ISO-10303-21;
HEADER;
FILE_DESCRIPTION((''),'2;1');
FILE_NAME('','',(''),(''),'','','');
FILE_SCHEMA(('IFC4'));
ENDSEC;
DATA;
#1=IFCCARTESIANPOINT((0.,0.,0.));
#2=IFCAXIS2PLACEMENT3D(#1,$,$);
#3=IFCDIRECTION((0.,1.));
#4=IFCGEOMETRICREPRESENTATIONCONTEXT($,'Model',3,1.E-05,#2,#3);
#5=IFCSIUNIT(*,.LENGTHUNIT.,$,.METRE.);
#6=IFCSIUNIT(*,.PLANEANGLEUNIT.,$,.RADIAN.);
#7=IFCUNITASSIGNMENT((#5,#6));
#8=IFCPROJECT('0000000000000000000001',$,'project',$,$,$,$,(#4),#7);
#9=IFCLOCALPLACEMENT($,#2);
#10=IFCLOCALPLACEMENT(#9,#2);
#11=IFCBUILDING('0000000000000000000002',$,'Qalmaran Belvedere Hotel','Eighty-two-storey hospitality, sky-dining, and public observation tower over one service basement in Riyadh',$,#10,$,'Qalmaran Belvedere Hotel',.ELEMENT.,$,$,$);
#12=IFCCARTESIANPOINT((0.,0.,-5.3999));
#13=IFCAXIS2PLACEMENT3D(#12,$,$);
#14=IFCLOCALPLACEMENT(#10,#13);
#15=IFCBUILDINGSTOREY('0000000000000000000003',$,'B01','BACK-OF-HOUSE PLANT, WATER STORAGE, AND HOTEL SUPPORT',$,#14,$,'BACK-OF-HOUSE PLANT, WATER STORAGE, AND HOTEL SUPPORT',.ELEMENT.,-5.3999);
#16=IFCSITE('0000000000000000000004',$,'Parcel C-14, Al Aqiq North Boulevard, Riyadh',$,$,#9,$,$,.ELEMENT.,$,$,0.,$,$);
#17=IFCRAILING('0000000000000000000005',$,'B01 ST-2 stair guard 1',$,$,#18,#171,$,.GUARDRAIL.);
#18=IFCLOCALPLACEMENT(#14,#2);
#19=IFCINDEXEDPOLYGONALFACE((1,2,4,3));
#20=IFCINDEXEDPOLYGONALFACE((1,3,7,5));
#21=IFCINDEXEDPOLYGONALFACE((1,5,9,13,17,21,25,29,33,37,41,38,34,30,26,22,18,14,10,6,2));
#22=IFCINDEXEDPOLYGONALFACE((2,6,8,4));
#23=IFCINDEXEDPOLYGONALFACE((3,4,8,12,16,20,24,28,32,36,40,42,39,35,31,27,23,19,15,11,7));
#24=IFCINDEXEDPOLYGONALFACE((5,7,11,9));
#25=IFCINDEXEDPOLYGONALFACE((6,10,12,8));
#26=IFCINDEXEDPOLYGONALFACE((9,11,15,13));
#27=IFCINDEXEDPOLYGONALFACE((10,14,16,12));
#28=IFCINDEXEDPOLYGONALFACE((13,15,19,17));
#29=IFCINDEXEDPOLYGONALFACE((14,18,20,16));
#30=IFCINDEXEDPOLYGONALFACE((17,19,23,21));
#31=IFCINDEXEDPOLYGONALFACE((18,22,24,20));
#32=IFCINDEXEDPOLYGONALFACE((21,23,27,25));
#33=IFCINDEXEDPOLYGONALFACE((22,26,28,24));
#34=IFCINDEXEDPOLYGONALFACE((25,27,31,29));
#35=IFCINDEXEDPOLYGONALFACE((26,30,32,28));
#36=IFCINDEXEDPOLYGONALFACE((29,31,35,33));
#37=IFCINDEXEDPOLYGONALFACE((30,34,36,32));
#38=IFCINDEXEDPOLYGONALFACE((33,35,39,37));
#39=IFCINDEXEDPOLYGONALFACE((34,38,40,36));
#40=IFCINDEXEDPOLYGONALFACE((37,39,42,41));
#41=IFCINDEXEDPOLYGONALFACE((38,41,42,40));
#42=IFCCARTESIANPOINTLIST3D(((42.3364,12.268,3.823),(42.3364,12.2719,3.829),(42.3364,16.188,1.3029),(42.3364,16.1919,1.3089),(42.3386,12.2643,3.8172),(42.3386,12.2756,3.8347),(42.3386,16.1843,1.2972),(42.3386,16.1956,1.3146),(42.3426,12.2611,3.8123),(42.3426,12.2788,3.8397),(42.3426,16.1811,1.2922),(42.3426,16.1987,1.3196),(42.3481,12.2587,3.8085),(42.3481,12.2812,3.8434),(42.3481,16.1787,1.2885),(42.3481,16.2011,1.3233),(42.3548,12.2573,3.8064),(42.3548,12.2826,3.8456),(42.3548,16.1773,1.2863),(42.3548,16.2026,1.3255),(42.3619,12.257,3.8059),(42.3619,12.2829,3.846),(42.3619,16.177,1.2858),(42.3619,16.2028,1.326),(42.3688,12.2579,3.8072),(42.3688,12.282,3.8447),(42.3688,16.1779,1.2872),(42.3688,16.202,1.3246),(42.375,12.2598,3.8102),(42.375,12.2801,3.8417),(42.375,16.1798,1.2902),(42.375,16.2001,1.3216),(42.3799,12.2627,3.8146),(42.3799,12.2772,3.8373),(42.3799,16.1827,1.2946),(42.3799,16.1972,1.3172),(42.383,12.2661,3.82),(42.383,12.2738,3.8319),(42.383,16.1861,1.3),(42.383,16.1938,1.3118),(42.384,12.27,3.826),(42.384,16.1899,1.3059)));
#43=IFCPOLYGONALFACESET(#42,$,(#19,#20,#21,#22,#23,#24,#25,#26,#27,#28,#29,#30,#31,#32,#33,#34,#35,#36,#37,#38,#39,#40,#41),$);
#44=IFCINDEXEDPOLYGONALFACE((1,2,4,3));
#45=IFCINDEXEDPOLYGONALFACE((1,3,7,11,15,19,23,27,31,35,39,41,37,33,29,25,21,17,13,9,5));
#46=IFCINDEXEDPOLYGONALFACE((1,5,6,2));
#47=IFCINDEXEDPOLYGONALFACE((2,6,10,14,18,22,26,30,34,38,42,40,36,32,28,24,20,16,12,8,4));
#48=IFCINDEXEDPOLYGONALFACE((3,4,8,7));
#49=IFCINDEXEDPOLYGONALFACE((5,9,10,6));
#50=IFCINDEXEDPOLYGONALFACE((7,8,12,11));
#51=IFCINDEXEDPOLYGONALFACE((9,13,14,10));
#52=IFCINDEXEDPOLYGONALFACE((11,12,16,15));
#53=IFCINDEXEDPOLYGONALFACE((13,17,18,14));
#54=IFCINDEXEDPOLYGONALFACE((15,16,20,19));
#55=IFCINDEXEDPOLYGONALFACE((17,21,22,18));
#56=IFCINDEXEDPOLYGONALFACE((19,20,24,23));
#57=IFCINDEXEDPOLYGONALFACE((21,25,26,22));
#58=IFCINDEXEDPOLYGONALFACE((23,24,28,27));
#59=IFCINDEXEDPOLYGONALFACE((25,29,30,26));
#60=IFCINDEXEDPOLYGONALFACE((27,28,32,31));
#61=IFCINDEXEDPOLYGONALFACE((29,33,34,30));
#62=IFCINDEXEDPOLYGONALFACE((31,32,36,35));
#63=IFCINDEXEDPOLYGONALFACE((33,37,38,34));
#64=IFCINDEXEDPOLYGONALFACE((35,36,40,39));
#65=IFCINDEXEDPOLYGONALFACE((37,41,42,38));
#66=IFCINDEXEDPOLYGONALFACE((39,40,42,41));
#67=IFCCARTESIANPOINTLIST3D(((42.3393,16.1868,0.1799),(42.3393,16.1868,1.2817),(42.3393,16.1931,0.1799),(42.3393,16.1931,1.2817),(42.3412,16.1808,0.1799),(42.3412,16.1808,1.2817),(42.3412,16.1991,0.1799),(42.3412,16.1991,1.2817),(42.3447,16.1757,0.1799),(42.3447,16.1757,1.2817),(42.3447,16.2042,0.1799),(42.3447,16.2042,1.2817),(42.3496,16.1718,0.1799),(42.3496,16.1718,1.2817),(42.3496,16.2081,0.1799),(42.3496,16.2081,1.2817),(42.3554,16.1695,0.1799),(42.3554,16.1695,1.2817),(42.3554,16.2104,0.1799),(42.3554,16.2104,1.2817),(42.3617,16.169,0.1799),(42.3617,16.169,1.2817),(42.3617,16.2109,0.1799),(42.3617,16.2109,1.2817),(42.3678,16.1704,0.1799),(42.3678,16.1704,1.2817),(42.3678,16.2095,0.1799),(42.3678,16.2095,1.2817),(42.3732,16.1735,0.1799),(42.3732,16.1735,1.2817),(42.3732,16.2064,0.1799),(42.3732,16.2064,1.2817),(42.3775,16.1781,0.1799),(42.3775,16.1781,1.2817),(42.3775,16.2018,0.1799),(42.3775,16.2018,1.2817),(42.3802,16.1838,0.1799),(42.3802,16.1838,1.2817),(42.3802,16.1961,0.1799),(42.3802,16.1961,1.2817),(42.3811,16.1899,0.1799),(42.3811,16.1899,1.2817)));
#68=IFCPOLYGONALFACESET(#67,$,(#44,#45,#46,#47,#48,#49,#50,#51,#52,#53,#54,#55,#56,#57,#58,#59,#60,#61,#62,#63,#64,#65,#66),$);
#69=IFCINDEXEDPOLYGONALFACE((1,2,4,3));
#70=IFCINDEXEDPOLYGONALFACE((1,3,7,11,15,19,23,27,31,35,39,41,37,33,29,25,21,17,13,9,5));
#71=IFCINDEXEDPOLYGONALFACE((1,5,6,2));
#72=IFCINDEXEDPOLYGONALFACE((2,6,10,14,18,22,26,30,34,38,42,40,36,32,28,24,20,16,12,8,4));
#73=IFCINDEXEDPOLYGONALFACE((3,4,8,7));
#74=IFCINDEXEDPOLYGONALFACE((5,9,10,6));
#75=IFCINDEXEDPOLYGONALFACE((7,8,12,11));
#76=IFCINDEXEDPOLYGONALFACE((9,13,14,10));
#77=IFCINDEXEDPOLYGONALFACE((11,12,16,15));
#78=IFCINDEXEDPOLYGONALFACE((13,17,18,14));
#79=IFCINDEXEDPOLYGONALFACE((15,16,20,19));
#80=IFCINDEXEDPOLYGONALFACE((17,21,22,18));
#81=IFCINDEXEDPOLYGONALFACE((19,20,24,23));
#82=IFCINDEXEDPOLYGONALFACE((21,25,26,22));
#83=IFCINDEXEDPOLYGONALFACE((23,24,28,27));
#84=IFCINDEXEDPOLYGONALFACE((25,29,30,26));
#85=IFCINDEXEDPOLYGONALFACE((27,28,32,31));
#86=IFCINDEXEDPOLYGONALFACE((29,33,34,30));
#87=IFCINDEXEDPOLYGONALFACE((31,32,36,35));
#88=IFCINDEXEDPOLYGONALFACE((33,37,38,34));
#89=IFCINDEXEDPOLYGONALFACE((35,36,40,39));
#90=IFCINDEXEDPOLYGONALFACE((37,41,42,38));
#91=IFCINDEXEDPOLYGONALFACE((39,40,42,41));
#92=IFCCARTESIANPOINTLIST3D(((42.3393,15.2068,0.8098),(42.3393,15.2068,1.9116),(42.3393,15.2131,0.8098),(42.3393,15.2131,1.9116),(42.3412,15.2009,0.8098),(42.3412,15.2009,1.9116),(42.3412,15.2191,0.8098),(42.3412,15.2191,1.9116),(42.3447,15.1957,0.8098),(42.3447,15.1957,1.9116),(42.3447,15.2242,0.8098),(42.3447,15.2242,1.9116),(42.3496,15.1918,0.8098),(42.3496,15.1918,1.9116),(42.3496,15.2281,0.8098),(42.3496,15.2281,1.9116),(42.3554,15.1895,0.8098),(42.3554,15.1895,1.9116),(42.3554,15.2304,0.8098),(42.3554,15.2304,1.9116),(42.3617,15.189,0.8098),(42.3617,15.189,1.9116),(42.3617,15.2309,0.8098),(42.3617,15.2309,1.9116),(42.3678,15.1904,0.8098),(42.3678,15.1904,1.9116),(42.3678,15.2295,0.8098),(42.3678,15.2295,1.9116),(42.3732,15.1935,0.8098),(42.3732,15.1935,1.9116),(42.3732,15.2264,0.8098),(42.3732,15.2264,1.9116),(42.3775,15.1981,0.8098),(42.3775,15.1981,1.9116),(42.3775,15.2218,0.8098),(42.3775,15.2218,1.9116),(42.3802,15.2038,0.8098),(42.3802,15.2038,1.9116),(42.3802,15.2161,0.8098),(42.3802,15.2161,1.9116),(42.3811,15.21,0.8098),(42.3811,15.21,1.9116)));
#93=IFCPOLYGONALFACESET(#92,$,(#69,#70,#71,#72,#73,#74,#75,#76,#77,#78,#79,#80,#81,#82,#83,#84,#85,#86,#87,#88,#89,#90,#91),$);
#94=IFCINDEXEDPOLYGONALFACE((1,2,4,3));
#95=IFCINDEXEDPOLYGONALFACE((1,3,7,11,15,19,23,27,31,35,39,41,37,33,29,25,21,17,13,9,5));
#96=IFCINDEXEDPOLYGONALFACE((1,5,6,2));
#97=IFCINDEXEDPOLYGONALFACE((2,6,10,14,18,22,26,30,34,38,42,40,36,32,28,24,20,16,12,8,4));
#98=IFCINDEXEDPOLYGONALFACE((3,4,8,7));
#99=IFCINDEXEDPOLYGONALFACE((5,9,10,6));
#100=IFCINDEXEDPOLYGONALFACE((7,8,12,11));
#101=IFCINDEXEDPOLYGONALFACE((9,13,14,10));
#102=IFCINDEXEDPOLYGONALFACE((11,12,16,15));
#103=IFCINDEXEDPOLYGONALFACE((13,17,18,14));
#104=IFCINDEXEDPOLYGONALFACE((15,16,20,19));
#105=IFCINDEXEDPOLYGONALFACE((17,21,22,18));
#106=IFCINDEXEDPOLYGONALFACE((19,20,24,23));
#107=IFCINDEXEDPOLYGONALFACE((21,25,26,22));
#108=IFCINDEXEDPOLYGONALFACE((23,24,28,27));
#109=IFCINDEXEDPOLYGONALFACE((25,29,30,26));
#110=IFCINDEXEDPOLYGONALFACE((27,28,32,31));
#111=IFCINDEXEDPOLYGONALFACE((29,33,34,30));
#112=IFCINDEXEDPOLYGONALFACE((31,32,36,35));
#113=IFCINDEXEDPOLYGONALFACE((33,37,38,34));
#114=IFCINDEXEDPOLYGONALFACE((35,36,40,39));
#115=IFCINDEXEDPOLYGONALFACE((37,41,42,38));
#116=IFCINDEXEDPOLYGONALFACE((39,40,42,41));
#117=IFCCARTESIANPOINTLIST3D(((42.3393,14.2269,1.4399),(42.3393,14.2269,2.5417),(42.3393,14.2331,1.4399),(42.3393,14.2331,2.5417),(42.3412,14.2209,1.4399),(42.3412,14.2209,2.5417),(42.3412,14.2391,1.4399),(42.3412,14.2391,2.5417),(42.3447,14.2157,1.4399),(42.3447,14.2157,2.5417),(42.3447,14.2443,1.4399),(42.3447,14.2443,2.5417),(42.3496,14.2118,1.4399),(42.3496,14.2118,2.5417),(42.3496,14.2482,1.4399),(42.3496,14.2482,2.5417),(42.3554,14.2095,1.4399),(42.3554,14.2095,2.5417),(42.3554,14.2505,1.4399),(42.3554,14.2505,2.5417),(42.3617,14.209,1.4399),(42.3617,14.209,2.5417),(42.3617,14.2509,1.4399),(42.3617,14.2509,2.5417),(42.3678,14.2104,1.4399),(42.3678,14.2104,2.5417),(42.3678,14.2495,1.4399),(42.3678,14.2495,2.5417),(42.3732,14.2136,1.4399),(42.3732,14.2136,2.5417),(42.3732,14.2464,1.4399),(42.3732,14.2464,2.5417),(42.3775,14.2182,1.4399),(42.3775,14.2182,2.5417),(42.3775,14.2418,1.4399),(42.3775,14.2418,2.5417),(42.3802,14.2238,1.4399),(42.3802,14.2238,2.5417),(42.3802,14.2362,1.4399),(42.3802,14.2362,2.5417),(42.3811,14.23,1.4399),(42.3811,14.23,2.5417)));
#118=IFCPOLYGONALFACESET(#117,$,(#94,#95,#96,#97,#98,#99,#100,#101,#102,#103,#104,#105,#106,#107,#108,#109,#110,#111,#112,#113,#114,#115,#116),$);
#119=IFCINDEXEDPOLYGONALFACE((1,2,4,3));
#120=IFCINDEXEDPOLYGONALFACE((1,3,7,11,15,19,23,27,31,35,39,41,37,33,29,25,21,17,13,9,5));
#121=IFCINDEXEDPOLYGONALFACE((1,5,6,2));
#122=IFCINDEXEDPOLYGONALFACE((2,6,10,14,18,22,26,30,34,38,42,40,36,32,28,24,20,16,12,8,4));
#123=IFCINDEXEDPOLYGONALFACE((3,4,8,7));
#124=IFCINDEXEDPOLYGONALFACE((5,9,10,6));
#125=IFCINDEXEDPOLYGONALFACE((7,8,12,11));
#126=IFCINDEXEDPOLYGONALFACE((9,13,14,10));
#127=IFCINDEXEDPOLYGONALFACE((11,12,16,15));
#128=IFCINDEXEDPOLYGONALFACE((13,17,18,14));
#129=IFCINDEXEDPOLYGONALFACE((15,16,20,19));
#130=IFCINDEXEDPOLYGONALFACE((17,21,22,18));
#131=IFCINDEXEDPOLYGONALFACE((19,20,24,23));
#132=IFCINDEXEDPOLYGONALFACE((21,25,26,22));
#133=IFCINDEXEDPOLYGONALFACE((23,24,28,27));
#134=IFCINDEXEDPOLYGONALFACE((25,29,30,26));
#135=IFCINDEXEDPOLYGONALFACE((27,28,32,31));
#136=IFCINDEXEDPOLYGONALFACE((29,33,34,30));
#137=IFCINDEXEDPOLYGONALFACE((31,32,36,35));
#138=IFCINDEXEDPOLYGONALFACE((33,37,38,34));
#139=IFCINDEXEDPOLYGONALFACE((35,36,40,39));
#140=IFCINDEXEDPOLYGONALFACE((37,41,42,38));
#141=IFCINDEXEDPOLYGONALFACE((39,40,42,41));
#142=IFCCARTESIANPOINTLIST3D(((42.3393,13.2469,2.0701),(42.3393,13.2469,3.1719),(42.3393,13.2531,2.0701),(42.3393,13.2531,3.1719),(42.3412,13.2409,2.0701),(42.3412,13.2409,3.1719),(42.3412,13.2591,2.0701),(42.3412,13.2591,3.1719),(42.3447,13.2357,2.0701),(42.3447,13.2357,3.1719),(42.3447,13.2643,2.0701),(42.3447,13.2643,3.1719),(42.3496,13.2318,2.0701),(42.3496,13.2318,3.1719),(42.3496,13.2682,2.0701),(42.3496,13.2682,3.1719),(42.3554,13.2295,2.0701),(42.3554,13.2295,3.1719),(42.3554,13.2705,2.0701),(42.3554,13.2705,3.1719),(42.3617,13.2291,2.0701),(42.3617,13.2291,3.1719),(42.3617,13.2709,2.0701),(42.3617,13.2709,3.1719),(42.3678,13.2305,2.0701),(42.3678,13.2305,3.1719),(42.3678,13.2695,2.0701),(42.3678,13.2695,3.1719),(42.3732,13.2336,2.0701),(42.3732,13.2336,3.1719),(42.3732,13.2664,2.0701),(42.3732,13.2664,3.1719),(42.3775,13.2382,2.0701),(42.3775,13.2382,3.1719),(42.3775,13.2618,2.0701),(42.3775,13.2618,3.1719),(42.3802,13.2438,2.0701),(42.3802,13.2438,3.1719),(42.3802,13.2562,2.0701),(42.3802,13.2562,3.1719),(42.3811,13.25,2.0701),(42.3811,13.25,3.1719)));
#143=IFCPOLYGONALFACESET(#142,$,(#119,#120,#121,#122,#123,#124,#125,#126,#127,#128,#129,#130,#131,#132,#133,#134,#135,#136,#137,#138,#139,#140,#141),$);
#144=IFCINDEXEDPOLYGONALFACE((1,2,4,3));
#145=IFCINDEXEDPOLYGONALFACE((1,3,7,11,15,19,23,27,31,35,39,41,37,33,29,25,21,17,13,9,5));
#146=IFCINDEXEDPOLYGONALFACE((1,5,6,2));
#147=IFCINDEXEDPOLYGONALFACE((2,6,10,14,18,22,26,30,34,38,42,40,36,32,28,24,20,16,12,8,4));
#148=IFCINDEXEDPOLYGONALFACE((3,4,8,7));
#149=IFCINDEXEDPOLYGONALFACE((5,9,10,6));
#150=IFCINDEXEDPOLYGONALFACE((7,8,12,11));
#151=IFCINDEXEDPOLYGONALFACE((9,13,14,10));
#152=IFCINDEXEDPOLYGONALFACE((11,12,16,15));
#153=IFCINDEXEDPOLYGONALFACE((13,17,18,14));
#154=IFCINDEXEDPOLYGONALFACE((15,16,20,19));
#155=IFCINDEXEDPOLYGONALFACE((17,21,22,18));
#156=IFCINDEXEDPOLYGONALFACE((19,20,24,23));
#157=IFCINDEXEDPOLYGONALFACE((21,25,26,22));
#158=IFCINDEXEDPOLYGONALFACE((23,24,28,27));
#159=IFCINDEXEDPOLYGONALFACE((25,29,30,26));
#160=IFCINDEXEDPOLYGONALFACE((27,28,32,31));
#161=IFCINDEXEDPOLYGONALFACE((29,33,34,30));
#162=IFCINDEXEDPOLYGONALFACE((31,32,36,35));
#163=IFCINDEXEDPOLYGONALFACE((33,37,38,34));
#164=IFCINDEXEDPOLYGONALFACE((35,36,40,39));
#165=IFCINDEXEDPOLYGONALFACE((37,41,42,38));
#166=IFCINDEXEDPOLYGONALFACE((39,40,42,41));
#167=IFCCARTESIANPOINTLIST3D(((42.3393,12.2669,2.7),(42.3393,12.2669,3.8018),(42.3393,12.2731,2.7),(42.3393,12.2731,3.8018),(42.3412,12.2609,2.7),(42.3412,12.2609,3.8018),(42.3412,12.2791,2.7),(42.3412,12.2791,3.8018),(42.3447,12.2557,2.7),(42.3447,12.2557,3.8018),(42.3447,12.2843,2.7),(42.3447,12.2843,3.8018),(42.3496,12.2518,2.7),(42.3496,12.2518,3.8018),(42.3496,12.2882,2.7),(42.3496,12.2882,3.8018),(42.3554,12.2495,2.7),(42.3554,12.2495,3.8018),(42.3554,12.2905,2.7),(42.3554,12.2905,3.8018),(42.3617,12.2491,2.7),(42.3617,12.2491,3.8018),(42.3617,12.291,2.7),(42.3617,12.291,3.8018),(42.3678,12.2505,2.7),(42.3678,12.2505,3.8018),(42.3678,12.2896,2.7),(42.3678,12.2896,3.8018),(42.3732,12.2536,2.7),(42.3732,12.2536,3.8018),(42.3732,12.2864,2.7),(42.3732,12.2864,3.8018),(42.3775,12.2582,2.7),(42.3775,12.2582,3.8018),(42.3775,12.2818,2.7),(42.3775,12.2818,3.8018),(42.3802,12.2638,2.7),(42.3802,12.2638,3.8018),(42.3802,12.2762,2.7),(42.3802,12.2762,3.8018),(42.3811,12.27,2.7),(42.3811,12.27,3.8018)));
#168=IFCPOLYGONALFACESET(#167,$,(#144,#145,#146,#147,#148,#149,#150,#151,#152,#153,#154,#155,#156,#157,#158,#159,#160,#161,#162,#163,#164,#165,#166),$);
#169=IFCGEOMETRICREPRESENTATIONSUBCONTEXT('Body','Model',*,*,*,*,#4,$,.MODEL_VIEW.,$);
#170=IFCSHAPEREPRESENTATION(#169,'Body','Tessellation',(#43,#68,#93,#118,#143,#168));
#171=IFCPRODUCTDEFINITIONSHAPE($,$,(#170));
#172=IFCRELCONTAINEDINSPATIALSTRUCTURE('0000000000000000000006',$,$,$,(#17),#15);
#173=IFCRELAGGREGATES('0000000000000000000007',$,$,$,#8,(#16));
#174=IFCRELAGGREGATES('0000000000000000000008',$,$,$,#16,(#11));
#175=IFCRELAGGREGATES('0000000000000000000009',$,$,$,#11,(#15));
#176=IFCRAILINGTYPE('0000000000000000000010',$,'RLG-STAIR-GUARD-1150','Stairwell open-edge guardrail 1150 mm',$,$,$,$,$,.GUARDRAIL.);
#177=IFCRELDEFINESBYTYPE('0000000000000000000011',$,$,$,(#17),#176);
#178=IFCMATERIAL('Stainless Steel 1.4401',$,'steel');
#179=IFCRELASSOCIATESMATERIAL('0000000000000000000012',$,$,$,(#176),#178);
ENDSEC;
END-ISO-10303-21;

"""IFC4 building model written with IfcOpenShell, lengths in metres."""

from ifc_helpers import new_model, si_unit, direction, frame, origin, origin_2d, place, context, subcontext, project, spatial, circle, extrude, material, type_object, element, save


model = new_model("IFC4")

# Units and contexts
model_context = context("Model", 3, precision=1e-05, world=origin(), true_north=direction((0.0, 1.0)))
body_context = subcontext(model_context, "Body", "Model", "MODEL_VIEW")
ifc_project = project(units=[si_unit("LENGTHUNIT", "METRE"), si_unit("PLANEANGLEUNIT", "RADIAN")], contexts=[model_context])

# Site, building, storey
site_placement = place(None, origin())
site = spatial("IfcSite", under=ifc_project, at=site_placement, Name="Parcel C-14, Al Aqiq North Boulevard, Riyadh", CompositionType="ELEMENT", RefElevation=0.0)
building_placement = place(site_placement, origin())
building = spatial("IfcBuilding", under=site, at=building_placement, Name="Qalmaran Belvedere Hotel", Description="Eighty-two-storey hospitality, sky-dining, and public observation tower over one service basement in Riyadh", LongName="Qalmaran Belvedere Hotel", CompositionType="ELEMENT")
storey_placement = place(building_placement, frame((0.0, 0.0, -5.3999)))
storey = spatial("IfcBuildingStorey", under=building, at=storey_placement, Name="B01", Description="BACK-OF-HOUSE PLANT, WATER STORAGE, AND HOTEL SUPPORT", LongName="BACK-OF-HOUSE PLANT, WATER STORAGE, AND HOTEL SUPPORT", CompositionType="ELEMENT", Elevation=-5.3999)

# Railing
ifc_material_1 = material(Name="Stainless Steel 1.4401", Category="steel")
railing_type_1 = type_object("IfcRailingType", Name="RLG-STAIR-GUARD-1150", Description="Stairwell open-edge guardrail 1150 mm", PredefinedType="GUARDRAIL", material=ifc_material_1)
railing_1_placement = place(storey_placement, frame((42.3601, 16.1899, 0.1799)))
element("IfcRailing", 1, at=railing_1_placement, inside=storey, type_object=railing_type_1, Name="B01 ST-2 stair guard 1", PredefinedType="GUARDRAIL", context=body_context, shape_type="SweptSolid", body=[
    extrude(circle(Radius=0.0239, at=origin_2d()), frame((0.0, 0.0, 1.126), z_axis=(0.0, -0.841172, 0.540768), x_axis=(1.0, 0.0, 0.0)), (0.0, 0.0, 1.0), 4.6602),
    extrude(circle(Radius=0.021, at=origin_2d()), origin(), (0.0, 0.0, 1.0), 1.1018),
    extrude(circle(Radius=0.021, at=origin_2d()), frame((0.0, -0.98, 0.6299)), (0.0, 0.0, 1.0), 1.1018),
    extrude(circle(Radius=0.021, at=origin_2d()), frame((0.0, -1.96, 1.26)), (0.0, 0.0, 1.0), 1.1018),
    extrude(circle(Radius=0.021, at=origin_2d()), frame((0.0, -2.9399, 1.8901)), (0.0, 0.0, 1.0), 1.1018),
    extrude(circle(Radius=0.021, at=origin_2d()), frame((0.0, -3.9199, 2.52)), (0.0, 0.0, 1.0), 1.1018),
])

save(model, "model.ifc")
